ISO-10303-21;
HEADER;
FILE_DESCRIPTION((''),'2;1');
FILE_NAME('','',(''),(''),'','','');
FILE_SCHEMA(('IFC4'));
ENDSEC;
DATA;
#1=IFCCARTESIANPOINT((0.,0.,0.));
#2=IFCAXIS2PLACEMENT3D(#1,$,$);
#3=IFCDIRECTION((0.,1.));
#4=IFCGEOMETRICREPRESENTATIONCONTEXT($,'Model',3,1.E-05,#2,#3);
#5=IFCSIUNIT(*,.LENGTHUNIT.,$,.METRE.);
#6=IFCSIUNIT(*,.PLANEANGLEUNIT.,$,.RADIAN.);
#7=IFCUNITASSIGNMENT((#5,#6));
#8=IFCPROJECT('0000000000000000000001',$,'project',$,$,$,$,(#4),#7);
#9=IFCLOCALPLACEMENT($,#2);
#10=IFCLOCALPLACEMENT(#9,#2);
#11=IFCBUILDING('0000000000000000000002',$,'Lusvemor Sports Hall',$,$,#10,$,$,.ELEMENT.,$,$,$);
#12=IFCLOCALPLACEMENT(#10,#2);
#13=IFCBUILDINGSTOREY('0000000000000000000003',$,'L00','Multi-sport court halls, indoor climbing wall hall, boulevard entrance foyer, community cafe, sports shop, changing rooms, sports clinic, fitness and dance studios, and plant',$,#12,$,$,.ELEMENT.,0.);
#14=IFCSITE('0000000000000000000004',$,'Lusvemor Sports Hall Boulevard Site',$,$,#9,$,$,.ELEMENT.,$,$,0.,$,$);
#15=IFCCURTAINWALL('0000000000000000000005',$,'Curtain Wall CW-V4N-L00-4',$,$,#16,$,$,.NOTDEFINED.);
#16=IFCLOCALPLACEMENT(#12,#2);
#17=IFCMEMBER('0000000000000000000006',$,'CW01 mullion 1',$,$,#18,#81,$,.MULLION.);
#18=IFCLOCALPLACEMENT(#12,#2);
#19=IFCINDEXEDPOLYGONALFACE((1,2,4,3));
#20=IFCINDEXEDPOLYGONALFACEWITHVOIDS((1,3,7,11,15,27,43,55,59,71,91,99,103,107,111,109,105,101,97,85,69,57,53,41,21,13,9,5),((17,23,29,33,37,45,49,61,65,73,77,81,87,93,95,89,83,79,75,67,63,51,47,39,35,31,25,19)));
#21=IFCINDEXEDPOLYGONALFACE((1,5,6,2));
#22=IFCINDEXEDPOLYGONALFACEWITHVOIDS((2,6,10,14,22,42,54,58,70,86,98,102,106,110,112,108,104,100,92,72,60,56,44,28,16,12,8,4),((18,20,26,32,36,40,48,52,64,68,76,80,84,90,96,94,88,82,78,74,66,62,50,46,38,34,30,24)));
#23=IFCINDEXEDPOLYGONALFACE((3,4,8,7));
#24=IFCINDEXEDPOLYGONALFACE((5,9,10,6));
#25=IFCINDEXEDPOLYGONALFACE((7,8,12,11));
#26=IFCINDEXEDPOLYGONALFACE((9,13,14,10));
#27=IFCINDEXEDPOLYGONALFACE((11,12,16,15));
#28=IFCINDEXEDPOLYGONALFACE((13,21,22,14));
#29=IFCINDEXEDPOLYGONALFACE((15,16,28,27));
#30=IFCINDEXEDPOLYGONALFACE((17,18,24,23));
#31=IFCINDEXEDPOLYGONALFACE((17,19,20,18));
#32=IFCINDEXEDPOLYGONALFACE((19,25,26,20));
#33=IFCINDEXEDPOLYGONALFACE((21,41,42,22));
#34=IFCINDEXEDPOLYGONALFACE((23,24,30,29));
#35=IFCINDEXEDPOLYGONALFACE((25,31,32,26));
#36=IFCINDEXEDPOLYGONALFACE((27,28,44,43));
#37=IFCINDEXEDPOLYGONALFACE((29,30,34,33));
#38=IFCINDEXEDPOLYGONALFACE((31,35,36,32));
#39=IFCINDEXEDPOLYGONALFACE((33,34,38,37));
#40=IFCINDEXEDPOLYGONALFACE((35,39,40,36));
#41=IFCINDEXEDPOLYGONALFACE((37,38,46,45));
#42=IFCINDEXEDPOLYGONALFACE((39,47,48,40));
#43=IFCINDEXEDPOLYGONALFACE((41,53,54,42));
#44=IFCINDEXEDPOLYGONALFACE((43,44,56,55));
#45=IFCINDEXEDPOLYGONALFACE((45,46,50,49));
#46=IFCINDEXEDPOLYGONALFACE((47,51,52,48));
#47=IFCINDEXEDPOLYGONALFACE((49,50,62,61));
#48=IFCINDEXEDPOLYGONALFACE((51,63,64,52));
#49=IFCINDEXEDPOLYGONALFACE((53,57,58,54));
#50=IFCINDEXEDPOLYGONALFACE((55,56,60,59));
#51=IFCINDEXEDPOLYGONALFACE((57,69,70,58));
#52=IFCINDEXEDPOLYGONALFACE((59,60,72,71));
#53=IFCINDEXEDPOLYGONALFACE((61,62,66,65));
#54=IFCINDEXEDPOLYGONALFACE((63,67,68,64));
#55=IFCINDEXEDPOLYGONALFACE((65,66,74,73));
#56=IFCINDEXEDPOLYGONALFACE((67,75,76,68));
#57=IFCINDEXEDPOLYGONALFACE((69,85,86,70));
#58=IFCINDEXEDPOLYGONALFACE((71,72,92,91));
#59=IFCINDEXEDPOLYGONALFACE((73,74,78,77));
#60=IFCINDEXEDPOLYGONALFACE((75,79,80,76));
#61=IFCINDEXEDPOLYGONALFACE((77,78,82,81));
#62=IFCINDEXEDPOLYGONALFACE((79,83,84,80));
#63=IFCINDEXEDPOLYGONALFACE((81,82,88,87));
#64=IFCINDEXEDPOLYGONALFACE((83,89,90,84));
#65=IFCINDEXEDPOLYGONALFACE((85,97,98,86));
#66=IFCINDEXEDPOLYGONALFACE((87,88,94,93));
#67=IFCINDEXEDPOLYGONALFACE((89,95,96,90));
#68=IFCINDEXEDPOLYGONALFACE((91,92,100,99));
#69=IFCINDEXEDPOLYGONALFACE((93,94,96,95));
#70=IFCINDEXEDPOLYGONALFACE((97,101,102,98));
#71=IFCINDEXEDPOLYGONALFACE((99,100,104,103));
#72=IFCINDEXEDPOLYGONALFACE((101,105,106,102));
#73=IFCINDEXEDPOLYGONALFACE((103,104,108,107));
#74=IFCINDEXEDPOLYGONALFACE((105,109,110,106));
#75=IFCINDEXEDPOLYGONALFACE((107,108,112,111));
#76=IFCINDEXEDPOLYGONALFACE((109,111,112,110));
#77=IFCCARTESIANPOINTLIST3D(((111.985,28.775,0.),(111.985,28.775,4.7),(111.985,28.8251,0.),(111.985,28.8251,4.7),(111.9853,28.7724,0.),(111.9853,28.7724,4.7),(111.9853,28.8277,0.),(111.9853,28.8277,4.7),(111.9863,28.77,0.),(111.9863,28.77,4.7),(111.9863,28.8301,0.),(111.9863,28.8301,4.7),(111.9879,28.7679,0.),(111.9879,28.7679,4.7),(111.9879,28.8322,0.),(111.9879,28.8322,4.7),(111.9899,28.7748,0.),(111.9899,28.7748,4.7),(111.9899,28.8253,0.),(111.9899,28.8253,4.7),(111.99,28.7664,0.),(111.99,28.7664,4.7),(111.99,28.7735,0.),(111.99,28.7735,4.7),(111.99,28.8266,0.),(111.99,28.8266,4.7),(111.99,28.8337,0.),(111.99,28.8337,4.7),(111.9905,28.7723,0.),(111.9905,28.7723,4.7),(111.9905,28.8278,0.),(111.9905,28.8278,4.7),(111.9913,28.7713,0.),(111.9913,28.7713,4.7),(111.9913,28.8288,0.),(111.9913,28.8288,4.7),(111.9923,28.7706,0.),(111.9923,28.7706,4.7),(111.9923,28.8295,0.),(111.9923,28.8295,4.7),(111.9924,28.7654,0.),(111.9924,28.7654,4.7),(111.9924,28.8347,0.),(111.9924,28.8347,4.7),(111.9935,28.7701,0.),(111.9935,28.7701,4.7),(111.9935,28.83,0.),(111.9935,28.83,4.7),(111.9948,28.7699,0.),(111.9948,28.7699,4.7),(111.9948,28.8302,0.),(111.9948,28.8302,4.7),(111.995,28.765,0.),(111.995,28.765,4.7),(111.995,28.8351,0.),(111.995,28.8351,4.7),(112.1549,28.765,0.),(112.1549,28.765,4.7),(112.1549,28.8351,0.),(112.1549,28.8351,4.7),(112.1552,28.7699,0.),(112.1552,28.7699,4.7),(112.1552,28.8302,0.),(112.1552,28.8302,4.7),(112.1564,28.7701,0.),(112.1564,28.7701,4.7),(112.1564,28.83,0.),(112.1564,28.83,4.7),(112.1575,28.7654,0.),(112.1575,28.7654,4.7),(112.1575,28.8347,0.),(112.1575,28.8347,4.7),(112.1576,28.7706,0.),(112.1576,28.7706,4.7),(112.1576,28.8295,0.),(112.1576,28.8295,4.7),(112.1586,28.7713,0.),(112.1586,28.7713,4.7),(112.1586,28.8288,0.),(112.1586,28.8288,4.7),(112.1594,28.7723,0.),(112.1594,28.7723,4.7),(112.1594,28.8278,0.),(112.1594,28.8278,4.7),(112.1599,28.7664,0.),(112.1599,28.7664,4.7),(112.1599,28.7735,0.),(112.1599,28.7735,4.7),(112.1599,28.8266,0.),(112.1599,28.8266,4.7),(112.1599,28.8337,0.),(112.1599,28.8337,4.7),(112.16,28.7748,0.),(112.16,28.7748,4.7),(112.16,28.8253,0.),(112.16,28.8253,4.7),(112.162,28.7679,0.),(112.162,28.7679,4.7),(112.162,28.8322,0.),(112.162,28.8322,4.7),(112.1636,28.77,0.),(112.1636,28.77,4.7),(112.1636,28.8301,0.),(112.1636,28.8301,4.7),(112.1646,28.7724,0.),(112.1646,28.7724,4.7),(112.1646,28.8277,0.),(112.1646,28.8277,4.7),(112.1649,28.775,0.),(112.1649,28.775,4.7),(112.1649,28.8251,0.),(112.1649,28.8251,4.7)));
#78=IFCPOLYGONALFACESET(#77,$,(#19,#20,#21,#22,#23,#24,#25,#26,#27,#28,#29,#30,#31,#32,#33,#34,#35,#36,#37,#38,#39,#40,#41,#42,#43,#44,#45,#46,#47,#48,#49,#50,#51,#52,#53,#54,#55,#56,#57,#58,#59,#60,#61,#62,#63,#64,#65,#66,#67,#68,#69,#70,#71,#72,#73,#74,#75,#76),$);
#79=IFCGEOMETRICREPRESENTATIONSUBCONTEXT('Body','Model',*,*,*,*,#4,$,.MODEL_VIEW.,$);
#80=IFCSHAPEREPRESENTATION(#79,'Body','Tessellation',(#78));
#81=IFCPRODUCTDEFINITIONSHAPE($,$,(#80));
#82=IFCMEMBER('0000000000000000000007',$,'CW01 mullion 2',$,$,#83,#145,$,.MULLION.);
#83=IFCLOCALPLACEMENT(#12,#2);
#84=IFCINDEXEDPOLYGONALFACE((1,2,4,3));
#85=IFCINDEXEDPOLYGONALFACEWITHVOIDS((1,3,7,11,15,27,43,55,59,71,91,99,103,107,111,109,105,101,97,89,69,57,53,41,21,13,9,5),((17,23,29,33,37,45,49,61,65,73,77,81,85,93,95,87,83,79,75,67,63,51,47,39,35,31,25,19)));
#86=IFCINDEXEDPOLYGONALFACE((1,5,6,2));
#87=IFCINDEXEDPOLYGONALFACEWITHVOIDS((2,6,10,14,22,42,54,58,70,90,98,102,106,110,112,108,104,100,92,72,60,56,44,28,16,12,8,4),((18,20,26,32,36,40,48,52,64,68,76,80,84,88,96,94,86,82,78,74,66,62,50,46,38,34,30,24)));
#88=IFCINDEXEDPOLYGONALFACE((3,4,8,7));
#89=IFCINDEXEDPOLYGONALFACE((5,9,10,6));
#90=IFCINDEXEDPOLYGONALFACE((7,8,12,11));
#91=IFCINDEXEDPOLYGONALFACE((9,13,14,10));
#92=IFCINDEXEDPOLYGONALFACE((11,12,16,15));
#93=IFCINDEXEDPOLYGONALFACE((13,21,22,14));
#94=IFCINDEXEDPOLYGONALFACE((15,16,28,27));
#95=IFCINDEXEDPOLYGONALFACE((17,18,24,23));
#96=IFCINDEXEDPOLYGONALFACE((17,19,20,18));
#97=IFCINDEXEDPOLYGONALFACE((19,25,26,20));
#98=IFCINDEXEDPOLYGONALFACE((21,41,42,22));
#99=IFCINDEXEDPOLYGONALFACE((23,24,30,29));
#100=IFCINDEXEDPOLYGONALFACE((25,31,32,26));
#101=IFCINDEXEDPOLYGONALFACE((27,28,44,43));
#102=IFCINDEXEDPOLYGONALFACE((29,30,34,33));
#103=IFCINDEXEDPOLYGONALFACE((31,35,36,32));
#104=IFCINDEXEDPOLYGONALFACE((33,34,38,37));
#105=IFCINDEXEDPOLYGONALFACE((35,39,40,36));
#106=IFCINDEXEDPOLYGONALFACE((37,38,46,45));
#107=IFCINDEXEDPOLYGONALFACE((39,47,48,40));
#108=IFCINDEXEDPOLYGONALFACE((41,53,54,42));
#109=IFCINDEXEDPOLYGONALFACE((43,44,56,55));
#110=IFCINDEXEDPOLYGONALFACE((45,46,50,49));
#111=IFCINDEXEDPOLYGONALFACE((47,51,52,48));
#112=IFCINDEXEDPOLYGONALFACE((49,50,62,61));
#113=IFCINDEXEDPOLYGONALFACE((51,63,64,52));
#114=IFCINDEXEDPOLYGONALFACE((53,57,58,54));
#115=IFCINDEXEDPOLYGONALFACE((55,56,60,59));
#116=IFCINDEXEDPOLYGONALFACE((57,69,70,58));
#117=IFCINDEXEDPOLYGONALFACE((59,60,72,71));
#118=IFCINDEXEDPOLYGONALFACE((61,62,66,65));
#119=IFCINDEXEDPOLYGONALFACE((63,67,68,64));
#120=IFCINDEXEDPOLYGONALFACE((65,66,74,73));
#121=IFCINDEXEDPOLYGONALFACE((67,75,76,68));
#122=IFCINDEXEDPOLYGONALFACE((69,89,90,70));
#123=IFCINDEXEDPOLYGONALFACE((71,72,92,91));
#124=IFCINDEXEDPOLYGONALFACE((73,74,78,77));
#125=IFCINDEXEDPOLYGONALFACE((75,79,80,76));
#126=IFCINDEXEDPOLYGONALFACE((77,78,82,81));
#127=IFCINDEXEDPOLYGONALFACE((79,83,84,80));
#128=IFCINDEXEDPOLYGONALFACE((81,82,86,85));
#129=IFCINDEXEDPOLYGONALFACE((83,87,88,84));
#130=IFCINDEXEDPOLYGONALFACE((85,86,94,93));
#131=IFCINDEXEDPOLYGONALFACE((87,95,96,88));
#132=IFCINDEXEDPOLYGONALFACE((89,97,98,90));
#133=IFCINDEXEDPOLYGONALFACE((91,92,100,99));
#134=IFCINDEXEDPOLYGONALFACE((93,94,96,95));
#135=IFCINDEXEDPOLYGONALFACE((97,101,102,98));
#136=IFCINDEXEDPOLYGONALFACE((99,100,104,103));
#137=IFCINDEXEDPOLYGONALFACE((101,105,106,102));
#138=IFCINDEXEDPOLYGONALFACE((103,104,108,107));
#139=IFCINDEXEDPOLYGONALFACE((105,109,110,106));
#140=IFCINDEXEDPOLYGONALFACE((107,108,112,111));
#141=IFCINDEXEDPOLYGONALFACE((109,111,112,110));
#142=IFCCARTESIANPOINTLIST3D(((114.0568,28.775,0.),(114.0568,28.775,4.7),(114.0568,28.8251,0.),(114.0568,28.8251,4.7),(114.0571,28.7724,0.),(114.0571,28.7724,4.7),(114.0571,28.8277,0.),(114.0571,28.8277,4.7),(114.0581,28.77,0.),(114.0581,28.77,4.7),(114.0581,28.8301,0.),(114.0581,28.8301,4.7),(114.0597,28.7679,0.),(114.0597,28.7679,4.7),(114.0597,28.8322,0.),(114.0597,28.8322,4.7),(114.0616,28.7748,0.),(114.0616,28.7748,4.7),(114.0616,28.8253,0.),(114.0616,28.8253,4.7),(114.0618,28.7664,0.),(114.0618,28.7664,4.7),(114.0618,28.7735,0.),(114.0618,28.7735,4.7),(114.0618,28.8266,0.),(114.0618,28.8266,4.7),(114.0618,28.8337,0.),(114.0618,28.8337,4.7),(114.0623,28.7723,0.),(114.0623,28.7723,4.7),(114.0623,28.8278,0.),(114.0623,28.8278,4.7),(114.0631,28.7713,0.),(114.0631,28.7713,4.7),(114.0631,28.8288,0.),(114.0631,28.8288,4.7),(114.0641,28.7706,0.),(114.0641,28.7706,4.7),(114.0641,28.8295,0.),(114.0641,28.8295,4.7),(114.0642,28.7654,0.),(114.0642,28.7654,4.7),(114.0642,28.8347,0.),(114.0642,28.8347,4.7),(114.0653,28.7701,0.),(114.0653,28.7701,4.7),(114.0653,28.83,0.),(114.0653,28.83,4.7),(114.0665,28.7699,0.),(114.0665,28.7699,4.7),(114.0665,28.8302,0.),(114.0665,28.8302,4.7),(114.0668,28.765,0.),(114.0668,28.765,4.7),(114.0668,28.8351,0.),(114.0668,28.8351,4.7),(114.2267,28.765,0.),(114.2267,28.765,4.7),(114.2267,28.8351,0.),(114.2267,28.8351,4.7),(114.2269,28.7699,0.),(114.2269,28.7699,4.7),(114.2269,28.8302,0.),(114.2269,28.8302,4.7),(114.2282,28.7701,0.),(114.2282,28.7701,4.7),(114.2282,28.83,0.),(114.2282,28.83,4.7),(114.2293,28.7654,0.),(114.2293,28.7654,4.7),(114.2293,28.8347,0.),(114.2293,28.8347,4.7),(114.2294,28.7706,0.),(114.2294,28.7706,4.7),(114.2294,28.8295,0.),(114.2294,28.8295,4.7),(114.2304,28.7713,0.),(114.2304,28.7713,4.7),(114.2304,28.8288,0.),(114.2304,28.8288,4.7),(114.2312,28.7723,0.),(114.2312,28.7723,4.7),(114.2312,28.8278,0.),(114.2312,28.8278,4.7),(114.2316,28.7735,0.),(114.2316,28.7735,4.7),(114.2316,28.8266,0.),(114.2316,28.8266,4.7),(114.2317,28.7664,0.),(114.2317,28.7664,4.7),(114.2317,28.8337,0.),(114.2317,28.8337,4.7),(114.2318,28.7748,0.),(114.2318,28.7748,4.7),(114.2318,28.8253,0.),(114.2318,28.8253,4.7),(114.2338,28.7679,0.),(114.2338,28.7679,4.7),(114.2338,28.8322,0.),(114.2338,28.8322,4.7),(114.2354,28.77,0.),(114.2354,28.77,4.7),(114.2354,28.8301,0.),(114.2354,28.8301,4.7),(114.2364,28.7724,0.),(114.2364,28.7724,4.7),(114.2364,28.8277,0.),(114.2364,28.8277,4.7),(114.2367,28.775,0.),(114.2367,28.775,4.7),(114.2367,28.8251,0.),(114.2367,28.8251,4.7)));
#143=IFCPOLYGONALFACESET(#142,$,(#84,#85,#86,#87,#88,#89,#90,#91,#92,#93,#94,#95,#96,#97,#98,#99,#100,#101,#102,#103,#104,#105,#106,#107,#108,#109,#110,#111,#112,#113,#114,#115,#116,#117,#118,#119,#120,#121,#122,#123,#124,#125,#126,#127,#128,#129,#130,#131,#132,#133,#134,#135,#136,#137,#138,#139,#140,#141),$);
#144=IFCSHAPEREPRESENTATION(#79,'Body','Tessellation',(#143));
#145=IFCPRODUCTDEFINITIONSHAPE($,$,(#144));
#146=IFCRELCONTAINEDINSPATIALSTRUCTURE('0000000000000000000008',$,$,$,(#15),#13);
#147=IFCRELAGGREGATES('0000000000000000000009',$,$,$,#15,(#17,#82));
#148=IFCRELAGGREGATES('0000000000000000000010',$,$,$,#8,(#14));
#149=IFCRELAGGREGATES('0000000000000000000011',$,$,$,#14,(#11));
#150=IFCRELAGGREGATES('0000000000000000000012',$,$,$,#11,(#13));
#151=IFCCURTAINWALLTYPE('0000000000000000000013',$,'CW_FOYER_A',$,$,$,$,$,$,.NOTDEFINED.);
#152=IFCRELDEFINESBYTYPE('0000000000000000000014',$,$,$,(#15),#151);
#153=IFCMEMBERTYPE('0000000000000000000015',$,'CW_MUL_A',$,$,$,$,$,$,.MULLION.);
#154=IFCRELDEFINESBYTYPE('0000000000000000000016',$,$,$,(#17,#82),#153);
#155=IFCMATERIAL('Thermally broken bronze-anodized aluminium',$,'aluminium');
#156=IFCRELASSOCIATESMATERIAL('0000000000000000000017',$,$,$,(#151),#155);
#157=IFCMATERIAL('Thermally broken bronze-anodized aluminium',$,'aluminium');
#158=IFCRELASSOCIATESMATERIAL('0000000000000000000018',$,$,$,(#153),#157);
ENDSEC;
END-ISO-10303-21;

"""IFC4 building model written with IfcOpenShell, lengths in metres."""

from ifc_helpers import new_model, si_unit, direction, frame, origin, origin_2d, place, context, subcontext, project, spatial, hollow_rectangle, extrude, material, material_profile, profile_set, type_object, element, aggregate, save


model = new_model("IFC4")

# Units and contexts
model_context = context("Model", 3, precision=1e-05, world=origin(), true_north=direction((0.0, 1.0)))
body_context = subcontext(model_context, "Body", "Model", "MODEL_VIEW")
ifc_project = project(units=[si_unit("LENGTHUNIT", "METRE"), si_unit("PLANEANGLEUNIT", "RADIAN")], contexts=[model_context])

# Site, building, storey
site_placement = place(None, origin())
site = spatial("IfcSite", under=ifc_project, at=site_placement, Name="Lusvemor Sports Hall Boulevard Site", CompositionType="ELEMENT", RefElevation=0.0)
building_placement = place(site_placement, origin())
building = spatial("IfcBuilding", under=site, at=building_placement, Name="Lusvemor Sports Hall", CompositionType="ELEMENT")
storey_placement = place(building_placement, origin())
storey = spatial("IfcBuildingStorey", under=building, at=storey_placement, Name="L00", Description="Multi-sport court halls, indoor climbing wall hall, boulevard entrance foyer, community cafe, sports shop, changing rooms, sports clinic, fitness and dance studios, and plant", CompositionType="ELEMENT", Elevation=0.0)

# Curtain wall, members
ifc_material_1 = material(Name="Thermally broken bronze-anodized aluminium", Category="aluminium")
curtain_wall_type = type_object("IfcCurtainWallType", Name="CW_FOYER_A", PredefinedType="NOTDEFINED", material=ifc_material_1)
curtain_wall_placement = place(storey_placement, origin())
curtain_wall = element("IfcCurtainWall", 1, at=curtain_wall_placement, inside=storey, type_object=curtain_wall_type, Name="Curtain Wall CW-V4N-L00-4", PredefinedType="NOTDEFINED")
ifc_material_2 = material(Name="Thermally broken bronze-anodized aluminium", Category="aluminium")
ifc_material_profile_1 = material_profile(ifc_material_2, hollow_rectangle(XDim=0.0701, YDim=0.1799, WallThickness=0.0049, InnerFilletRadius=0.0049, OuterFilletRadius=0.01, at=origin_2d()), Name="CWMUL180x70x5")
ifc_profile_set_1 = profile_set([ifc_material_profile_1], Name="Thermally broken bronze-anodized aluminium")
member_type_1 = type_object("IfcMemberType", Name="CW_MUL_A", PredefinedType="MULLION", material=ifc_profile_set_1)
member_1_placement = place(storey_placement, frame((112.075, 28.8, 0.0), z_axis=(0.0, 0.0, 1.0), x_axis=(0.0, 1.0, 0.0)))
member_1 = element("IfcMember", 2, at=member_1_placement, type_object=member_type_1, Name="CW01 mullion 1", PredefinedType="MULLION", context=body_context, shape_type="SweptSolid", body=[
    extrude(hollow_rectangle(XDim=0.0701, YDim=0.1799, WallThickness=0.0049, InnerFilletRadius=0.0049, OuterFilletRadius=0.01, at=origin_2d()), origin(), (0.0, 0.0, 1.0), 4.7),
])
member_2_placement = place(storey_placement, frame((114.1467, 28.8, 0.0), z_axis=(0.0, 0.0, 1.0), x_axis=(0.0, 1.0, 0.0)))
member_2 = element("IfcMember", 3, at=member_2_placement, type_object=member_type_1, Name="CW01 mullion 2", PredefinedType="MULLION", context=body_context, shape_type="SweptSolid", body=[
    extrude(hollow_rectangle(XDim=0.0701, YDim=0.1799, WallThickness=0.0049, InnerFilletRadius=0.0049, OuterFilletRadius=0.01, at=origin_2d()), origin(), (0.0, 0.0, 1.0), 4.7),
])
aggregate(curtain_wall, [member_1, member_2])

save(model, "model.ifc")
